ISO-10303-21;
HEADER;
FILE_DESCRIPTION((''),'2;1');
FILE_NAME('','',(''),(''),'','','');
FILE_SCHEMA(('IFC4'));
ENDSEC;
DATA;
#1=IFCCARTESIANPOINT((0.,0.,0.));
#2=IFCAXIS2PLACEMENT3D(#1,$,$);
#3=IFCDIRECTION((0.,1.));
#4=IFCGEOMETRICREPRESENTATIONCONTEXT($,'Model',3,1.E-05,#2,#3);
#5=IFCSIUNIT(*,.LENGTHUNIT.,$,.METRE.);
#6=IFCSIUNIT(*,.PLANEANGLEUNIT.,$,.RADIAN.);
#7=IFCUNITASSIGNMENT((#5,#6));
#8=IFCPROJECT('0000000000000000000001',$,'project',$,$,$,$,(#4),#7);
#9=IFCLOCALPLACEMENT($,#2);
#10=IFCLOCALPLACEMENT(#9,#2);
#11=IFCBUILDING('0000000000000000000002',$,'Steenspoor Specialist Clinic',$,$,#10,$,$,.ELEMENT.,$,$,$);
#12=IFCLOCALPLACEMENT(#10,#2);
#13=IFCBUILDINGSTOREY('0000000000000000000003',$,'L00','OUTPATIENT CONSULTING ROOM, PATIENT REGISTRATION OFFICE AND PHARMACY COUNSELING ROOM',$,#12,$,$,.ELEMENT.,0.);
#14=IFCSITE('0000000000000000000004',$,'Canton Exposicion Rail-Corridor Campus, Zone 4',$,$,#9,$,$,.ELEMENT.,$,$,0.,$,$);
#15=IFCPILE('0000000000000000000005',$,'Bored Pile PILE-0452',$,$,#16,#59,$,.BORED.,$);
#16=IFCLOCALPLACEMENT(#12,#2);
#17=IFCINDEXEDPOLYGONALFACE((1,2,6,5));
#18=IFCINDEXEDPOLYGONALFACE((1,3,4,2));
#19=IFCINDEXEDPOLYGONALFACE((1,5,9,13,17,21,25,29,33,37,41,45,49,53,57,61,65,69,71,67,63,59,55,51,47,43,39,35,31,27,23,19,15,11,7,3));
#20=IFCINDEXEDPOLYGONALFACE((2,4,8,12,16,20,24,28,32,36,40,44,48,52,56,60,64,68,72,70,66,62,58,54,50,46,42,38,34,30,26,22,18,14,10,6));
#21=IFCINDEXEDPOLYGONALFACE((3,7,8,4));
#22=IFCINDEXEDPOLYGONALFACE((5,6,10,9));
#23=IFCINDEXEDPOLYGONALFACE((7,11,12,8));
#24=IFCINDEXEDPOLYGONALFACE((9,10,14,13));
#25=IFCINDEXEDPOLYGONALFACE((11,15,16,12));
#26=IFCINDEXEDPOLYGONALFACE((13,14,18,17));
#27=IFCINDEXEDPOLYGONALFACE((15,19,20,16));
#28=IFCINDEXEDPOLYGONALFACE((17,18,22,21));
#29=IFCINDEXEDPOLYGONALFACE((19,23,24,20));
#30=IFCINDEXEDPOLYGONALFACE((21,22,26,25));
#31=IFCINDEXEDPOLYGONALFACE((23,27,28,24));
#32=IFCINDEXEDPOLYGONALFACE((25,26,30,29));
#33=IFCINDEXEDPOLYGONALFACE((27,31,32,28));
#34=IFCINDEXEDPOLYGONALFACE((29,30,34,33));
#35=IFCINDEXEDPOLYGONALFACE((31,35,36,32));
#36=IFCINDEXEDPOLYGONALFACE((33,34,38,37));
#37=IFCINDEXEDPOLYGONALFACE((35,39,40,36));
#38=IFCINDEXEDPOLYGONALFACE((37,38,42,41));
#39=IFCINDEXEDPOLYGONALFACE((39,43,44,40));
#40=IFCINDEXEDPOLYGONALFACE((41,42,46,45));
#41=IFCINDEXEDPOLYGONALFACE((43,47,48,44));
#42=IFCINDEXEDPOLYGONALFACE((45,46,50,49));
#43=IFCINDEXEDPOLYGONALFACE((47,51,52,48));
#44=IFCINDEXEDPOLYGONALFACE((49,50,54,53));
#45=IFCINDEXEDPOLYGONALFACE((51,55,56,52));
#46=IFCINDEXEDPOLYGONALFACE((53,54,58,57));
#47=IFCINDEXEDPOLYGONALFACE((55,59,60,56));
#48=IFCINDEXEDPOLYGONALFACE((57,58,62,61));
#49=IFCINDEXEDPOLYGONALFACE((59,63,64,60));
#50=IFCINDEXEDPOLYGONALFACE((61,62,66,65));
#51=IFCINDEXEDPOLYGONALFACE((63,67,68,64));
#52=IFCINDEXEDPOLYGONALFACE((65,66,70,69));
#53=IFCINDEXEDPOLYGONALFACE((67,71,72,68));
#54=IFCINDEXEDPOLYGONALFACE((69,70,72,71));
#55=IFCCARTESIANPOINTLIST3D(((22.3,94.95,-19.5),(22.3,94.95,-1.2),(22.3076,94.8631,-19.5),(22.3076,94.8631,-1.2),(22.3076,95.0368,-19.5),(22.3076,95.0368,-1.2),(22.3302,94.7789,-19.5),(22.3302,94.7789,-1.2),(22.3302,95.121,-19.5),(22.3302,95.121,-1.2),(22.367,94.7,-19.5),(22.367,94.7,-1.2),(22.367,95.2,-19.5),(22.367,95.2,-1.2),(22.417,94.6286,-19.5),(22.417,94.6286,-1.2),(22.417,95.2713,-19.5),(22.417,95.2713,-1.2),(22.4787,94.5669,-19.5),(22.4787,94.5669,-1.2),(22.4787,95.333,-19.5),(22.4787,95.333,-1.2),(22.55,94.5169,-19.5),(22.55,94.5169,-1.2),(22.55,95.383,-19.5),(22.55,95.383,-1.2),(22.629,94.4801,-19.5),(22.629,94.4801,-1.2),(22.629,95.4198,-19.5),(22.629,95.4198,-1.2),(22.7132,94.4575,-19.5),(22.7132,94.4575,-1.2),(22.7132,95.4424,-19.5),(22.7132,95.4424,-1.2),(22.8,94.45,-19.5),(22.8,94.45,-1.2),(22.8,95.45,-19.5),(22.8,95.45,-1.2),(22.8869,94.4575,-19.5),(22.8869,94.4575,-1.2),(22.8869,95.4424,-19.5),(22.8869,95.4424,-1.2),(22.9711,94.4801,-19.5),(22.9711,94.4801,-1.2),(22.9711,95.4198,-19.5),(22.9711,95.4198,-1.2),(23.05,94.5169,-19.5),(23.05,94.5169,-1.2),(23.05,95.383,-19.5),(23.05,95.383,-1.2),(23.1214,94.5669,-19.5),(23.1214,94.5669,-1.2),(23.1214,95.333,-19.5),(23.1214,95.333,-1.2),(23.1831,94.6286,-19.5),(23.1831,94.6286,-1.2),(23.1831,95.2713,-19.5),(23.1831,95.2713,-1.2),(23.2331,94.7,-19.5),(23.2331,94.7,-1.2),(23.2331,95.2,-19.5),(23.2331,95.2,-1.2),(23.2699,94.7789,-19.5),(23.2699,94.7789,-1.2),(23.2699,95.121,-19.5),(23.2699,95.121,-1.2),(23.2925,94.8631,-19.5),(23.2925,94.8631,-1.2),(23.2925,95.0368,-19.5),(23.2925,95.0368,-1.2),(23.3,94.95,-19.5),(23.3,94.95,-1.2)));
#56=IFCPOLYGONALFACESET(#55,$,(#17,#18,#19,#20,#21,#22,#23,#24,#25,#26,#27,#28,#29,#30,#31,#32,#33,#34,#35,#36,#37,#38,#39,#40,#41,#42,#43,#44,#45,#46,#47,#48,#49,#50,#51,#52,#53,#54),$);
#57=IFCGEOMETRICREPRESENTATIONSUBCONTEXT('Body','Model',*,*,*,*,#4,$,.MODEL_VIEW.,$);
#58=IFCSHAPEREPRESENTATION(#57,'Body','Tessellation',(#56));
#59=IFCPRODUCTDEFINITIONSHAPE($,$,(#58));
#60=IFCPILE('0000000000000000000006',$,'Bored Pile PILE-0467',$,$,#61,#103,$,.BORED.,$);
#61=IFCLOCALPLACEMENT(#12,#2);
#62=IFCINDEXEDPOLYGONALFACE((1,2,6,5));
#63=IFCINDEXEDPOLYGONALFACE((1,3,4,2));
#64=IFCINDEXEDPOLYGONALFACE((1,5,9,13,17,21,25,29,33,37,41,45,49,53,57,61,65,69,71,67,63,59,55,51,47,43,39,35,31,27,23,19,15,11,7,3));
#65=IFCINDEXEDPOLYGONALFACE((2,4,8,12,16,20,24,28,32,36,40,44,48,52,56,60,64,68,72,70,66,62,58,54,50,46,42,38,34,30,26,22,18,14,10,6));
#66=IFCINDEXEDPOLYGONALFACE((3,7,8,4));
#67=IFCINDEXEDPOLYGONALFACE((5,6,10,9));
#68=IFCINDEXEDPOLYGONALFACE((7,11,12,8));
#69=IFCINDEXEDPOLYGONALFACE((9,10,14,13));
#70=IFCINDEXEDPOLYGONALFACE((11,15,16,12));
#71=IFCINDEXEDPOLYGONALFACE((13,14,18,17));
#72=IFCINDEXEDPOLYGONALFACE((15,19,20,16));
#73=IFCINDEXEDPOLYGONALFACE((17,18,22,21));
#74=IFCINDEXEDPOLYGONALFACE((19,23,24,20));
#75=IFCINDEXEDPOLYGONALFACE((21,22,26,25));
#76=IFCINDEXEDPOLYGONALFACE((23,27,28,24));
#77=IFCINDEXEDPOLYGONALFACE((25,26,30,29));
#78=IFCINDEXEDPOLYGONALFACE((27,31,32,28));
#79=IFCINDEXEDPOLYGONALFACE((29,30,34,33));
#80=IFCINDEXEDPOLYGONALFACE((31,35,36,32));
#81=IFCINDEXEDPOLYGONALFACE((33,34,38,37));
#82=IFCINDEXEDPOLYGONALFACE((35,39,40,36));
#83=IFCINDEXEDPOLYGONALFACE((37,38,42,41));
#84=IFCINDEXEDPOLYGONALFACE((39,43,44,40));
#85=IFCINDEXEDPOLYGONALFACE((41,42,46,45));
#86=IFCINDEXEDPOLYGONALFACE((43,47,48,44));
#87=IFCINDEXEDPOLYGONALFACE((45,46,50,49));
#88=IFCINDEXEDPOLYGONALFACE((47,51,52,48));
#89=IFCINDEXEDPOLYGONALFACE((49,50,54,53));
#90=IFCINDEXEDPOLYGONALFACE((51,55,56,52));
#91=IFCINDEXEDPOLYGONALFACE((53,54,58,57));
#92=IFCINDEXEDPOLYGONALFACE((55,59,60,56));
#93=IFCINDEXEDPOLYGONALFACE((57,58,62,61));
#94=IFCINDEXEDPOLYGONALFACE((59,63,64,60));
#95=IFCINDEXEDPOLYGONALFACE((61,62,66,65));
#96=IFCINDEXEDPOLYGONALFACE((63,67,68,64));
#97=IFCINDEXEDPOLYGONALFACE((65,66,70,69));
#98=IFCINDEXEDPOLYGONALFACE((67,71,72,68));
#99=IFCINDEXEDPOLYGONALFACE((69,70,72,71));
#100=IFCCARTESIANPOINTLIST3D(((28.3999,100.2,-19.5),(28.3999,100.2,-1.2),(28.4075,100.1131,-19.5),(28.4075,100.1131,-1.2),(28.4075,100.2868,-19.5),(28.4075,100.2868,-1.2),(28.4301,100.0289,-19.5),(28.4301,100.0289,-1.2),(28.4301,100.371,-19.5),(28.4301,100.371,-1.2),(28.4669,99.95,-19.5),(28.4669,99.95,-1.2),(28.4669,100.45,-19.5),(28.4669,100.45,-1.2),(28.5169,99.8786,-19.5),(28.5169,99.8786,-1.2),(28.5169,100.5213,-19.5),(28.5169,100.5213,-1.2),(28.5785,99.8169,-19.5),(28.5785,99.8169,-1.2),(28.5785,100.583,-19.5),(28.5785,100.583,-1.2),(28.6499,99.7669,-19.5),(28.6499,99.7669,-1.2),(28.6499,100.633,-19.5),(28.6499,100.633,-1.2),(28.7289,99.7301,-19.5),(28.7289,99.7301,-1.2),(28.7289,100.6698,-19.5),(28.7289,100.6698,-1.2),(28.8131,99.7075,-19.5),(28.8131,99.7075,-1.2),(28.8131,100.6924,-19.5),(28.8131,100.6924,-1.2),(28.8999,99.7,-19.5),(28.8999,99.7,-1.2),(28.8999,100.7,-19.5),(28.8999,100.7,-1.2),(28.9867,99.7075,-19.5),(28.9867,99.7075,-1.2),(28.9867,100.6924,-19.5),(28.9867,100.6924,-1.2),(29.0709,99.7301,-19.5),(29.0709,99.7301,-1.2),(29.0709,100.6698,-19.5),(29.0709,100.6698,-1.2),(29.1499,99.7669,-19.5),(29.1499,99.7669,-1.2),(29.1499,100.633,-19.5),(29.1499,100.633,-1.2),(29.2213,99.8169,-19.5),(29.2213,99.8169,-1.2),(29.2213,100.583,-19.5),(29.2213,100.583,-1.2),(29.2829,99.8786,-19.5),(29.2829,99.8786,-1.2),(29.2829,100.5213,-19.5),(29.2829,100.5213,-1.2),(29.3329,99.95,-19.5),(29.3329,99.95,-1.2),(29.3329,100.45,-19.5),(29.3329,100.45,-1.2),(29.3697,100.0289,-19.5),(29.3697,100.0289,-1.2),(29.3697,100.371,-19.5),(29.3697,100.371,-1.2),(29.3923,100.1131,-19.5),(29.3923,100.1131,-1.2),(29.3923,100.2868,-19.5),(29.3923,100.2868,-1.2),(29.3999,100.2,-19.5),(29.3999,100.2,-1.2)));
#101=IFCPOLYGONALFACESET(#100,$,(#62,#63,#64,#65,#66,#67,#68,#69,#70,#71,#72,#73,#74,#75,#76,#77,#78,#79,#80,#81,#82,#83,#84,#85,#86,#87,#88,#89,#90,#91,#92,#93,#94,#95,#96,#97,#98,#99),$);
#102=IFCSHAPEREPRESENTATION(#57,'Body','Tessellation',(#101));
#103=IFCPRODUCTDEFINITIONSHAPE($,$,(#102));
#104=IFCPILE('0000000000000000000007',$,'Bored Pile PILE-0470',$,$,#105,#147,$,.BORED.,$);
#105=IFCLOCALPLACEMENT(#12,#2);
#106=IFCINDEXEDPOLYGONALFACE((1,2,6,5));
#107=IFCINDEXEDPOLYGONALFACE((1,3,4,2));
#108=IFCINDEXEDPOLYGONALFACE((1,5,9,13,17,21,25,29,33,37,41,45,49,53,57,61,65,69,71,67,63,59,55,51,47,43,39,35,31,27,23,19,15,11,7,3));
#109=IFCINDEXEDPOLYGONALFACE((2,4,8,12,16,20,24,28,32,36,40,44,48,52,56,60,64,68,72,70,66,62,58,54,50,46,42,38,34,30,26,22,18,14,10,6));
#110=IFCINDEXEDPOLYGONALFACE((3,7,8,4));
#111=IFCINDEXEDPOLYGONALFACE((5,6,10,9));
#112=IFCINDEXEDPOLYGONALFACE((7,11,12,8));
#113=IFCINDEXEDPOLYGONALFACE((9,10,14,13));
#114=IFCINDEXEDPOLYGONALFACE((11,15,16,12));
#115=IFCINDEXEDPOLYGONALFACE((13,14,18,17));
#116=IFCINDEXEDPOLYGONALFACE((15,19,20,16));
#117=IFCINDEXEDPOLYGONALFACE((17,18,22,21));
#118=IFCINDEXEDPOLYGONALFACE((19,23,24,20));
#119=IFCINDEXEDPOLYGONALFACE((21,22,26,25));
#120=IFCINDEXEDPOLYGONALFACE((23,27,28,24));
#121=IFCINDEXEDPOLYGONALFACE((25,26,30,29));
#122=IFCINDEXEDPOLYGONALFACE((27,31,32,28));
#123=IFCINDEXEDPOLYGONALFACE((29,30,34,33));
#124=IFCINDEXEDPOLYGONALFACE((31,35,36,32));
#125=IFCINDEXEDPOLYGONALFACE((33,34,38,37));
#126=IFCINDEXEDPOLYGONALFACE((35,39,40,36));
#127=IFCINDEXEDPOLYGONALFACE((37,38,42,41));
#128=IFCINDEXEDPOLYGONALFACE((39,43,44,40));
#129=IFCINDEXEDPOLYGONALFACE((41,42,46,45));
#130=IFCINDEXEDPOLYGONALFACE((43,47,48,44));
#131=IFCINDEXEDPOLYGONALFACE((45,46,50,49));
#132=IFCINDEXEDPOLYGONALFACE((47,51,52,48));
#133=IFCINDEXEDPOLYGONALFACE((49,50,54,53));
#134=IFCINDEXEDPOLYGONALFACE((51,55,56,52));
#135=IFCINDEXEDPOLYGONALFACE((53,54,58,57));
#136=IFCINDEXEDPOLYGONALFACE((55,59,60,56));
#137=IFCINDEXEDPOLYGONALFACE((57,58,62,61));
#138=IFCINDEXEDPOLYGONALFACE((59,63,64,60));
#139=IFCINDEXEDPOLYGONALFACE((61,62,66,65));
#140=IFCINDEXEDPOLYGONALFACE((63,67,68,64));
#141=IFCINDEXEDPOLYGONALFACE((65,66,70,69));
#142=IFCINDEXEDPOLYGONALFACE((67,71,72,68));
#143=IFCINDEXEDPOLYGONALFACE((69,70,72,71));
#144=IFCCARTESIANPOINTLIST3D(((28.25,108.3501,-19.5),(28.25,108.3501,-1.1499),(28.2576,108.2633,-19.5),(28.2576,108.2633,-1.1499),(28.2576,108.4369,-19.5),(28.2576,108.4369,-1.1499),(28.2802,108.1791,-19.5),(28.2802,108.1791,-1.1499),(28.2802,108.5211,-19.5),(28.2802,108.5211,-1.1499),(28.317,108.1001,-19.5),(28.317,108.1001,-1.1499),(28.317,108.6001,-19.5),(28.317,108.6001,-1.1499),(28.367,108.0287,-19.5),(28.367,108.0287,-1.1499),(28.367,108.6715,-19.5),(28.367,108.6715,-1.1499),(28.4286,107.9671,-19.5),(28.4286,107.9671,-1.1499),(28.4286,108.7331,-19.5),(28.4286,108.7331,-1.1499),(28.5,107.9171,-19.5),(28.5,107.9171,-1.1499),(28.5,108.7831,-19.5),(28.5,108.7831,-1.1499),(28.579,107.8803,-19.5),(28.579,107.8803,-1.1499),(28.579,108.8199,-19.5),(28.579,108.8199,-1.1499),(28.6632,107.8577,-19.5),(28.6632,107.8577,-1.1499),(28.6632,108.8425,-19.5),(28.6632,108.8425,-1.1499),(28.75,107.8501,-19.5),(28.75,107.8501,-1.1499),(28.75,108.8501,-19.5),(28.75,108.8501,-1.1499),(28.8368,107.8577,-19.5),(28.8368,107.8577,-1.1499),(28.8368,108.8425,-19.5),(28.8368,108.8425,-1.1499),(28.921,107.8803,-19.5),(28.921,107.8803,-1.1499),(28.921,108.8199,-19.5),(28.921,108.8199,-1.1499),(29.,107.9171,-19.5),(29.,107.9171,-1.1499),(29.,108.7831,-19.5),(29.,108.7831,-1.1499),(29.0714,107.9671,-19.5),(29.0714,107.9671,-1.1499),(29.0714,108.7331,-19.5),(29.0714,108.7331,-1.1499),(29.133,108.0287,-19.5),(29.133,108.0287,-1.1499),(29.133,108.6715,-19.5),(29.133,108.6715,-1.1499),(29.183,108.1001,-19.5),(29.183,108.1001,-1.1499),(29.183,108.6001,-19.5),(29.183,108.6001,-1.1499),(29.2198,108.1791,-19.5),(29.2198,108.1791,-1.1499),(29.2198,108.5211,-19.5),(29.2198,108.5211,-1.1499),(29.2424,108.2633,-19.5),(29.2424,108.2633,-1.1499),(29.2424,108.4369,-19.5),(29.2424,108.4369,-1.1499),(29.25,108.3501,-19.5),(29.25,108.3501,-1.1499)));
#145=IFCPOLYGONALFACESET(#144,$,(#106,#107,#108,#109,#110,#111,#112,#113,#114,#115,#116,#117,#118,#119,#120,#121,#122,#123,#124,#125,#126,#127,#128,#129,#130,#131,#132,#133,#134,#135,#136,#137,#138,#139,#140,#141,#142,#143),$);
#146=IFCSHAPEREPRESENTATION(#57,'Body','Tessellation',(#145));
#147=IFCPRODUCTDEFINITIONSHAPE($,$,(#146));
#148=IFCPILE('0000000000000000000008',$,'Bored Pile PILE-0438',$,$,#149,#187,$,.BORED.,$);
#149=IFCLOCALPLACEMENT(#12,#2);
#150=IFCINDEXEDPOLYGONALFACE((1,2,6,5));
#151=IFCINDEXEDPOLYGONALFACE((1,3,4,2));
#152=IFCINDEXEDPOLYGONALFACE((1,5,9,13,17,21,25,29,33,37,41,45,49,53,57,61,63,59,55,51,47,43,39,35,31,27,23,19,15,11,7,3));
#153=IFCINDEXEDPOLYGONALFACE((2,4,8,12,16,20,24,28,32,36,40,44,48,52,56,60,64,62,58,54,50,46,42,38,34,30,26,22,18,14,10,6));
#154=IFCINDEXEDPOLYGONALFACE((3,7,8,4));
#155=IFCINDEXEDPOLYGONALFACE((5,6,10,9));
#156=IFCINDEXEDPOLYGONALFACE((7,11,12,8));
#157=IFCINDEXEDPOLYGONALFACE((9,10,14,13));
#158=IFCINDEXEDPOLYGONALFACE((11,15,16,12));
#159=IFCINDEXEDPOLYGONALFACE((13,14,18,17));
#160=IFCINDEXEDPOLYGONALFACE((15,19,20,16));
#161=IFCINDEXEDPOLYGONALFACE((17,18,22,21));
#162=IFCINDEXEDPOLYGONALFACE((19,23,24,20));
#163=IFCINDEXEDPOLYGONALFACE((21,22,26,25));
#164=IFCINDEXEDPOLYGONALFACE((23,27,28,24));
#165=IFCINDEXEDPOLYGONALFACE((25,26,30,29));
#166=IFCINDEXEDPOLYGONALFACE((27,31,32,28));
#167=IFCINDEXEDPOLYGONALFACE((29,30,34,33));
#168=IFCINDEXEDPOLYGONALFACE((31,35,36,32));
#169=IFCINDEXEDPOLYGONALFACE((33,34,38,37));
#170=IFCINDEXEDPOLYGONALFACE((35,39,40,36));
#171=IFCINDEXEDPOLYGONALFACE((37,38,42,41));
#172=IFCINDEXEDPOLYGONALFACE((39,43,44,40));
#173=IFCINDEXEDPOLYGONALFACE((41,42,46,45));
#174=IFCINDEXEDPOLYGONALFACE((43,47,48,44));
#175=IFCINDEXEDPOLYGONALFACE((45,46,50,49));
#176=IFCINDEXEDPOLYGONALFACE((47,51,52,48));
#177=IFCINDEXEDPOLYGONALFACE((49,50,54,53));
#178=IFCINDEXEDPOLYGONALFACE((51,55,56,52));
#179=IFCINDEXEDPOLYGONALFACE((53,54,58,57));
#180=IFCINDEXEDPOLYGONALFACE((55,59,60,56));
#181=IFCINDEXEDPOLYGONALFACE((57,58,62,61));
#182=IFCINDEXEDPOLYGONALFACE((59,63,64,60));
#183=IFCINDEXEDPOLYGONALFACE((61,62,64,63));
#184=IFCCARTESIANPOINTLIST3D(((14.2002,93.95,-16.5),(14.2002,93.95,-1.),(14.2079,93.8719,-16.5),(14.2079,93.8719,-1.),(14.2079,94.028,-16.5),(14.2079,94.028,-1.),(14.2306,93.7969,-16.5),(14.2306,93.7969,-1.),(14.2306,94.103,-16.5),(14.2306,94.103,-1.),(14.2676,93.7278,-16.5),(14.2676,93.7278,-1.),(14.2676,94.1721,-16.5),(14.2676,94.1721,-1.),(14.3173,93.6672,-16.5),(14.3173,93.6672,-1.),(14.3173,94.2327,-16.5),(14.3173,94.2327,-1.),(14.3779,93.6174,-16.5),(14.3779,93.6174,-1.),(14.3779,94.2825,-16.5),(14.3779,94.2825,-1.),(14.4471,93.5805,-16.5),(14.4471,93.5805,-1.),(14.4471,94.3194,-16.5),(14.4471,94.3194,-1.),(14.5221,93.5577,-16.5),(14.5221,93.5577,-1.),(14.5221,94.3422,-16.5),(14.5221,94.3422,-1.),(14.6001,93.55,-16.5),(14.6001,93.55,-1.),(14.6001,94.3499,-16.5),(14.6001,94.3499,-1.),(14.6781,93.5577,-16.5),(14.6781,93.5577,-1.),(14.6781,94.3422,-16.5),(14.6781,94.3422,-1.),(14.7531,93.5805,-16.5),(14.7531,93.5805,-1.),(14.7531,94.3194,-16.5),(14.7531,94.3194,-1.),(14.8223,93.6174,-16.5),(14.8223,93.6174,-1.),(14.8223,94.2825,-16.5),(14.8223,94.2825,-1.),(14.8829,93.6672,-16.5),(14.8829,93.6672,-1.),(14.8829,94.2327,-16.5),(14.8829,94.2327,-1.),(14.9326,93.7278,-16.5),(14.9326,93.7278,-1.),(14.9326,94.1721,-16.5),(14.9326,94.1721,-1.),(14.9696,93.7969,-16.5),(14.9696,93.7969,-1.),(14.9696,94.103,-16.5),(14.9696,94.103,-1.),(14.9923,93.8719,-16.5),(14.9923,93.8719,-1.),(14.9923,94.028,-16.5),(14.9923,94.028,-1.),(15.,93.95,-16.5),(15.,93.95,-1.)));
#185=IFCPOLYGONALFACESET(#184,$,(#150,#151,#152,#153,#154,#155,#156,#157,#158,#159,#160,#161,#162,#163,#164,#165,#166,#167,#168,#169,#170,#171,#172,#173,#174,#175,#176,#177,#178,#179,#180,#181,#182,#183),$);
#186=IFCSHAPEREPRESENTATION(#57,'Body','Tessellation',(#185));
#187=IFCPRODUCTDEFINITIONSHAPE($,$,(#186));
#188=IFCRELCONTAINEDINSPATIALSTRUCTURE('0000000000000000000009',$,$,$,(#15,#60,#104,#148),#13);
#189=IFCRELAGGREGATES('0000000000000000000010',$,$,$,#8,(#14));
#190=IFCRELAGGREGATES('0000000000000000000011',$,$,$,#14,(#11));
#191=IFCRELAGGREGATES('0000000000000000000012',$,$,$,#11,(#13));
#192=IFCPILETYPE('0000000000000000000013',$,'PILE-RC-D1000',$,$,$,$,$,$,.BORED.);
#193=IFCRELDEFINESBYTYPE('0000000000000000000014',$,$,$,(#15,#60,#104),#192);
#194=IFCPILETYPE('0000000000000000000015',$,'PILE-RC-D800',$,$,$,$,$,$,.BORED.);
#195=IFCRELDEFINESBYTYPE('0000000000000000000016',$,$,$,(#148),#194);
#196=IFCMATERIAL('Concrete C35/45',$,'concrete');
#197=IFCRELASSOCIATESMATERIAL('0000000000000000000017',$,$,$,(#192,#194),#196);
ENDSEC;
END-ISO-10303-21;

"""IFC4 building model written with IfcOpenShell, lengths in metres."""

from ifc_helpers import new_model, si_unit, direction, frame, origin, origin_2d, place, context, subcontext, project, spatial, circle, extrude, material, material_profile, profile_set, type_object, element, save


model = new_model("IFC4")

# Units and contexts
model_context = context("Model", 3, precision=1e-05, world=origin(), true_north=direction((0.0, 1.0)))
body_context = subcontext(model_context, "Body", "Model", "MODEL_VIEW")
ifc_project = project(units=[si_unit("LENGTHUNIT", "METRE"), si_unit("PLANEANGLEUNIT", "RADIAN")], contexts=[model_context])

# Site, building, storey
site_placement = place(None, origin())
site = spatial("IfcSite", under=ifc_project, at=site_placement, Name="Canton Exposicion Rail-Corridor Campus, Zone 4", CompositionType="ELEMENT", RefElevation=0.0)
building_placement = place(site_placement, origin())
building = spatial("IfcBuilding", under=site, at=building_placement, Name="Steenspoor Specialist Clinic", CompositionType="ELEMENT")
storey_placement = place(building_placement, origin())
storey = spatial("IfcBuildingStorey", under=building, at=storey_placement, Name="L00", Description="OUTPATIENT CONSULTING ROOM, PATIENT REGISTRATION OFFICE AND PHARMACY COUNSELING ROOM", CompositionType="ELEMENT", Elevation=0.0)

# Shared definitions
ifc_material_1 = material(Name="Concrete C35/45", Category="concrete")

# Piles
ifc_material_profile_1 = material_profile(ifc_material_1, circle(Radius=0.5, at=origin_2d()), Name="PILE-D1000")
ifc_profile_set_1 = profile_set([ifc_material_profile_1], Name="Concrete C35/45")
pile_type_1 = type_object("IfcPileType", Name="PILE-RC-D1000", PredefinedType="BORED", material=ifc_profile_set_1)
for number, where, z_axis, x_axis, name in (
    (1, (22.8, 94.95, -1.2), (0.0, 0.0, -1.0), (1.0, 0.0, 0.0), "Bored Pile PILE-0452"),
    (2, (28.8999, 100.2, -1.2), (0.0, 0.0, -1.0), (1.0, 0.0, 0.0), "Bored Pile PILE-0467"),
):
    element("IfcPile", number, at=place(storey_placement, frame(where, z_axis=z_axis, x_axis=x_axis)), inside=storey, type_object=pile_type_1, Name=name, PredefinedType="BORED", context=body_context, shape_type="SweptSolid", body=[
        extrude(circle(Radius=0.5, at=origin_2d()), origin(), (0.0, 0.0, 1.0), 18.3),
    ])
pile_1_placement = place(storey_placement, frame((28.75, 108.3501, -1.1499), z_axis=(0.0, 0.0, -1.0), x_axis=(1.0, 0.0, 0.0)))
element("IfcPile", 3, at=pile_1_placement, inside=storey, type_object=pile_type_1, Name="Bored Pile PILE-0470", PredefinedType="BORED", context=body_context, shape_type="SweptSolid", body=[
    extrude(circle(Radius=0.5, at=origin_2d()), origin(), (0.0, 0.0, 1.0), 18.3501),
])
ifc_material_profile_2 = material_profile(ifc_material_1, circle(Radius=0.3999, at=origin_2d()), Name="PILE-D800")
ifc_profile_set_2 = profile_set([ifc_material_profile_2], Name="Concrete C35/45")
pile_type_2 = type_object("IfcPileType", Name="PILE-RC-D800", PredefinedType="BORED", material=ifc_profile_set_2)
for number, where, z_axis, x_axis, name in (
    (4, (14.6001, 93.95, -1.0), (0.0, 0.0, -1.0), (1.0, 0.0, 0.0), "Bored Pile PILE-0438"),
):
    element("IfcPile", number, at=place(storey_placement, frame(where, z_axis=z_axis, x_axis=x_axis)), inside=storey, type_object=pile_type_2, Name=name, PredefinedType="BORED", context=body_context, shape_type="SweptSolid", body=[
        extrude(circle(Radius=0.3999, at=origin_2d()), origin(), (0.0, 0.0, 1.0), 15.5),
    ])

save(model, "model.ifc")
